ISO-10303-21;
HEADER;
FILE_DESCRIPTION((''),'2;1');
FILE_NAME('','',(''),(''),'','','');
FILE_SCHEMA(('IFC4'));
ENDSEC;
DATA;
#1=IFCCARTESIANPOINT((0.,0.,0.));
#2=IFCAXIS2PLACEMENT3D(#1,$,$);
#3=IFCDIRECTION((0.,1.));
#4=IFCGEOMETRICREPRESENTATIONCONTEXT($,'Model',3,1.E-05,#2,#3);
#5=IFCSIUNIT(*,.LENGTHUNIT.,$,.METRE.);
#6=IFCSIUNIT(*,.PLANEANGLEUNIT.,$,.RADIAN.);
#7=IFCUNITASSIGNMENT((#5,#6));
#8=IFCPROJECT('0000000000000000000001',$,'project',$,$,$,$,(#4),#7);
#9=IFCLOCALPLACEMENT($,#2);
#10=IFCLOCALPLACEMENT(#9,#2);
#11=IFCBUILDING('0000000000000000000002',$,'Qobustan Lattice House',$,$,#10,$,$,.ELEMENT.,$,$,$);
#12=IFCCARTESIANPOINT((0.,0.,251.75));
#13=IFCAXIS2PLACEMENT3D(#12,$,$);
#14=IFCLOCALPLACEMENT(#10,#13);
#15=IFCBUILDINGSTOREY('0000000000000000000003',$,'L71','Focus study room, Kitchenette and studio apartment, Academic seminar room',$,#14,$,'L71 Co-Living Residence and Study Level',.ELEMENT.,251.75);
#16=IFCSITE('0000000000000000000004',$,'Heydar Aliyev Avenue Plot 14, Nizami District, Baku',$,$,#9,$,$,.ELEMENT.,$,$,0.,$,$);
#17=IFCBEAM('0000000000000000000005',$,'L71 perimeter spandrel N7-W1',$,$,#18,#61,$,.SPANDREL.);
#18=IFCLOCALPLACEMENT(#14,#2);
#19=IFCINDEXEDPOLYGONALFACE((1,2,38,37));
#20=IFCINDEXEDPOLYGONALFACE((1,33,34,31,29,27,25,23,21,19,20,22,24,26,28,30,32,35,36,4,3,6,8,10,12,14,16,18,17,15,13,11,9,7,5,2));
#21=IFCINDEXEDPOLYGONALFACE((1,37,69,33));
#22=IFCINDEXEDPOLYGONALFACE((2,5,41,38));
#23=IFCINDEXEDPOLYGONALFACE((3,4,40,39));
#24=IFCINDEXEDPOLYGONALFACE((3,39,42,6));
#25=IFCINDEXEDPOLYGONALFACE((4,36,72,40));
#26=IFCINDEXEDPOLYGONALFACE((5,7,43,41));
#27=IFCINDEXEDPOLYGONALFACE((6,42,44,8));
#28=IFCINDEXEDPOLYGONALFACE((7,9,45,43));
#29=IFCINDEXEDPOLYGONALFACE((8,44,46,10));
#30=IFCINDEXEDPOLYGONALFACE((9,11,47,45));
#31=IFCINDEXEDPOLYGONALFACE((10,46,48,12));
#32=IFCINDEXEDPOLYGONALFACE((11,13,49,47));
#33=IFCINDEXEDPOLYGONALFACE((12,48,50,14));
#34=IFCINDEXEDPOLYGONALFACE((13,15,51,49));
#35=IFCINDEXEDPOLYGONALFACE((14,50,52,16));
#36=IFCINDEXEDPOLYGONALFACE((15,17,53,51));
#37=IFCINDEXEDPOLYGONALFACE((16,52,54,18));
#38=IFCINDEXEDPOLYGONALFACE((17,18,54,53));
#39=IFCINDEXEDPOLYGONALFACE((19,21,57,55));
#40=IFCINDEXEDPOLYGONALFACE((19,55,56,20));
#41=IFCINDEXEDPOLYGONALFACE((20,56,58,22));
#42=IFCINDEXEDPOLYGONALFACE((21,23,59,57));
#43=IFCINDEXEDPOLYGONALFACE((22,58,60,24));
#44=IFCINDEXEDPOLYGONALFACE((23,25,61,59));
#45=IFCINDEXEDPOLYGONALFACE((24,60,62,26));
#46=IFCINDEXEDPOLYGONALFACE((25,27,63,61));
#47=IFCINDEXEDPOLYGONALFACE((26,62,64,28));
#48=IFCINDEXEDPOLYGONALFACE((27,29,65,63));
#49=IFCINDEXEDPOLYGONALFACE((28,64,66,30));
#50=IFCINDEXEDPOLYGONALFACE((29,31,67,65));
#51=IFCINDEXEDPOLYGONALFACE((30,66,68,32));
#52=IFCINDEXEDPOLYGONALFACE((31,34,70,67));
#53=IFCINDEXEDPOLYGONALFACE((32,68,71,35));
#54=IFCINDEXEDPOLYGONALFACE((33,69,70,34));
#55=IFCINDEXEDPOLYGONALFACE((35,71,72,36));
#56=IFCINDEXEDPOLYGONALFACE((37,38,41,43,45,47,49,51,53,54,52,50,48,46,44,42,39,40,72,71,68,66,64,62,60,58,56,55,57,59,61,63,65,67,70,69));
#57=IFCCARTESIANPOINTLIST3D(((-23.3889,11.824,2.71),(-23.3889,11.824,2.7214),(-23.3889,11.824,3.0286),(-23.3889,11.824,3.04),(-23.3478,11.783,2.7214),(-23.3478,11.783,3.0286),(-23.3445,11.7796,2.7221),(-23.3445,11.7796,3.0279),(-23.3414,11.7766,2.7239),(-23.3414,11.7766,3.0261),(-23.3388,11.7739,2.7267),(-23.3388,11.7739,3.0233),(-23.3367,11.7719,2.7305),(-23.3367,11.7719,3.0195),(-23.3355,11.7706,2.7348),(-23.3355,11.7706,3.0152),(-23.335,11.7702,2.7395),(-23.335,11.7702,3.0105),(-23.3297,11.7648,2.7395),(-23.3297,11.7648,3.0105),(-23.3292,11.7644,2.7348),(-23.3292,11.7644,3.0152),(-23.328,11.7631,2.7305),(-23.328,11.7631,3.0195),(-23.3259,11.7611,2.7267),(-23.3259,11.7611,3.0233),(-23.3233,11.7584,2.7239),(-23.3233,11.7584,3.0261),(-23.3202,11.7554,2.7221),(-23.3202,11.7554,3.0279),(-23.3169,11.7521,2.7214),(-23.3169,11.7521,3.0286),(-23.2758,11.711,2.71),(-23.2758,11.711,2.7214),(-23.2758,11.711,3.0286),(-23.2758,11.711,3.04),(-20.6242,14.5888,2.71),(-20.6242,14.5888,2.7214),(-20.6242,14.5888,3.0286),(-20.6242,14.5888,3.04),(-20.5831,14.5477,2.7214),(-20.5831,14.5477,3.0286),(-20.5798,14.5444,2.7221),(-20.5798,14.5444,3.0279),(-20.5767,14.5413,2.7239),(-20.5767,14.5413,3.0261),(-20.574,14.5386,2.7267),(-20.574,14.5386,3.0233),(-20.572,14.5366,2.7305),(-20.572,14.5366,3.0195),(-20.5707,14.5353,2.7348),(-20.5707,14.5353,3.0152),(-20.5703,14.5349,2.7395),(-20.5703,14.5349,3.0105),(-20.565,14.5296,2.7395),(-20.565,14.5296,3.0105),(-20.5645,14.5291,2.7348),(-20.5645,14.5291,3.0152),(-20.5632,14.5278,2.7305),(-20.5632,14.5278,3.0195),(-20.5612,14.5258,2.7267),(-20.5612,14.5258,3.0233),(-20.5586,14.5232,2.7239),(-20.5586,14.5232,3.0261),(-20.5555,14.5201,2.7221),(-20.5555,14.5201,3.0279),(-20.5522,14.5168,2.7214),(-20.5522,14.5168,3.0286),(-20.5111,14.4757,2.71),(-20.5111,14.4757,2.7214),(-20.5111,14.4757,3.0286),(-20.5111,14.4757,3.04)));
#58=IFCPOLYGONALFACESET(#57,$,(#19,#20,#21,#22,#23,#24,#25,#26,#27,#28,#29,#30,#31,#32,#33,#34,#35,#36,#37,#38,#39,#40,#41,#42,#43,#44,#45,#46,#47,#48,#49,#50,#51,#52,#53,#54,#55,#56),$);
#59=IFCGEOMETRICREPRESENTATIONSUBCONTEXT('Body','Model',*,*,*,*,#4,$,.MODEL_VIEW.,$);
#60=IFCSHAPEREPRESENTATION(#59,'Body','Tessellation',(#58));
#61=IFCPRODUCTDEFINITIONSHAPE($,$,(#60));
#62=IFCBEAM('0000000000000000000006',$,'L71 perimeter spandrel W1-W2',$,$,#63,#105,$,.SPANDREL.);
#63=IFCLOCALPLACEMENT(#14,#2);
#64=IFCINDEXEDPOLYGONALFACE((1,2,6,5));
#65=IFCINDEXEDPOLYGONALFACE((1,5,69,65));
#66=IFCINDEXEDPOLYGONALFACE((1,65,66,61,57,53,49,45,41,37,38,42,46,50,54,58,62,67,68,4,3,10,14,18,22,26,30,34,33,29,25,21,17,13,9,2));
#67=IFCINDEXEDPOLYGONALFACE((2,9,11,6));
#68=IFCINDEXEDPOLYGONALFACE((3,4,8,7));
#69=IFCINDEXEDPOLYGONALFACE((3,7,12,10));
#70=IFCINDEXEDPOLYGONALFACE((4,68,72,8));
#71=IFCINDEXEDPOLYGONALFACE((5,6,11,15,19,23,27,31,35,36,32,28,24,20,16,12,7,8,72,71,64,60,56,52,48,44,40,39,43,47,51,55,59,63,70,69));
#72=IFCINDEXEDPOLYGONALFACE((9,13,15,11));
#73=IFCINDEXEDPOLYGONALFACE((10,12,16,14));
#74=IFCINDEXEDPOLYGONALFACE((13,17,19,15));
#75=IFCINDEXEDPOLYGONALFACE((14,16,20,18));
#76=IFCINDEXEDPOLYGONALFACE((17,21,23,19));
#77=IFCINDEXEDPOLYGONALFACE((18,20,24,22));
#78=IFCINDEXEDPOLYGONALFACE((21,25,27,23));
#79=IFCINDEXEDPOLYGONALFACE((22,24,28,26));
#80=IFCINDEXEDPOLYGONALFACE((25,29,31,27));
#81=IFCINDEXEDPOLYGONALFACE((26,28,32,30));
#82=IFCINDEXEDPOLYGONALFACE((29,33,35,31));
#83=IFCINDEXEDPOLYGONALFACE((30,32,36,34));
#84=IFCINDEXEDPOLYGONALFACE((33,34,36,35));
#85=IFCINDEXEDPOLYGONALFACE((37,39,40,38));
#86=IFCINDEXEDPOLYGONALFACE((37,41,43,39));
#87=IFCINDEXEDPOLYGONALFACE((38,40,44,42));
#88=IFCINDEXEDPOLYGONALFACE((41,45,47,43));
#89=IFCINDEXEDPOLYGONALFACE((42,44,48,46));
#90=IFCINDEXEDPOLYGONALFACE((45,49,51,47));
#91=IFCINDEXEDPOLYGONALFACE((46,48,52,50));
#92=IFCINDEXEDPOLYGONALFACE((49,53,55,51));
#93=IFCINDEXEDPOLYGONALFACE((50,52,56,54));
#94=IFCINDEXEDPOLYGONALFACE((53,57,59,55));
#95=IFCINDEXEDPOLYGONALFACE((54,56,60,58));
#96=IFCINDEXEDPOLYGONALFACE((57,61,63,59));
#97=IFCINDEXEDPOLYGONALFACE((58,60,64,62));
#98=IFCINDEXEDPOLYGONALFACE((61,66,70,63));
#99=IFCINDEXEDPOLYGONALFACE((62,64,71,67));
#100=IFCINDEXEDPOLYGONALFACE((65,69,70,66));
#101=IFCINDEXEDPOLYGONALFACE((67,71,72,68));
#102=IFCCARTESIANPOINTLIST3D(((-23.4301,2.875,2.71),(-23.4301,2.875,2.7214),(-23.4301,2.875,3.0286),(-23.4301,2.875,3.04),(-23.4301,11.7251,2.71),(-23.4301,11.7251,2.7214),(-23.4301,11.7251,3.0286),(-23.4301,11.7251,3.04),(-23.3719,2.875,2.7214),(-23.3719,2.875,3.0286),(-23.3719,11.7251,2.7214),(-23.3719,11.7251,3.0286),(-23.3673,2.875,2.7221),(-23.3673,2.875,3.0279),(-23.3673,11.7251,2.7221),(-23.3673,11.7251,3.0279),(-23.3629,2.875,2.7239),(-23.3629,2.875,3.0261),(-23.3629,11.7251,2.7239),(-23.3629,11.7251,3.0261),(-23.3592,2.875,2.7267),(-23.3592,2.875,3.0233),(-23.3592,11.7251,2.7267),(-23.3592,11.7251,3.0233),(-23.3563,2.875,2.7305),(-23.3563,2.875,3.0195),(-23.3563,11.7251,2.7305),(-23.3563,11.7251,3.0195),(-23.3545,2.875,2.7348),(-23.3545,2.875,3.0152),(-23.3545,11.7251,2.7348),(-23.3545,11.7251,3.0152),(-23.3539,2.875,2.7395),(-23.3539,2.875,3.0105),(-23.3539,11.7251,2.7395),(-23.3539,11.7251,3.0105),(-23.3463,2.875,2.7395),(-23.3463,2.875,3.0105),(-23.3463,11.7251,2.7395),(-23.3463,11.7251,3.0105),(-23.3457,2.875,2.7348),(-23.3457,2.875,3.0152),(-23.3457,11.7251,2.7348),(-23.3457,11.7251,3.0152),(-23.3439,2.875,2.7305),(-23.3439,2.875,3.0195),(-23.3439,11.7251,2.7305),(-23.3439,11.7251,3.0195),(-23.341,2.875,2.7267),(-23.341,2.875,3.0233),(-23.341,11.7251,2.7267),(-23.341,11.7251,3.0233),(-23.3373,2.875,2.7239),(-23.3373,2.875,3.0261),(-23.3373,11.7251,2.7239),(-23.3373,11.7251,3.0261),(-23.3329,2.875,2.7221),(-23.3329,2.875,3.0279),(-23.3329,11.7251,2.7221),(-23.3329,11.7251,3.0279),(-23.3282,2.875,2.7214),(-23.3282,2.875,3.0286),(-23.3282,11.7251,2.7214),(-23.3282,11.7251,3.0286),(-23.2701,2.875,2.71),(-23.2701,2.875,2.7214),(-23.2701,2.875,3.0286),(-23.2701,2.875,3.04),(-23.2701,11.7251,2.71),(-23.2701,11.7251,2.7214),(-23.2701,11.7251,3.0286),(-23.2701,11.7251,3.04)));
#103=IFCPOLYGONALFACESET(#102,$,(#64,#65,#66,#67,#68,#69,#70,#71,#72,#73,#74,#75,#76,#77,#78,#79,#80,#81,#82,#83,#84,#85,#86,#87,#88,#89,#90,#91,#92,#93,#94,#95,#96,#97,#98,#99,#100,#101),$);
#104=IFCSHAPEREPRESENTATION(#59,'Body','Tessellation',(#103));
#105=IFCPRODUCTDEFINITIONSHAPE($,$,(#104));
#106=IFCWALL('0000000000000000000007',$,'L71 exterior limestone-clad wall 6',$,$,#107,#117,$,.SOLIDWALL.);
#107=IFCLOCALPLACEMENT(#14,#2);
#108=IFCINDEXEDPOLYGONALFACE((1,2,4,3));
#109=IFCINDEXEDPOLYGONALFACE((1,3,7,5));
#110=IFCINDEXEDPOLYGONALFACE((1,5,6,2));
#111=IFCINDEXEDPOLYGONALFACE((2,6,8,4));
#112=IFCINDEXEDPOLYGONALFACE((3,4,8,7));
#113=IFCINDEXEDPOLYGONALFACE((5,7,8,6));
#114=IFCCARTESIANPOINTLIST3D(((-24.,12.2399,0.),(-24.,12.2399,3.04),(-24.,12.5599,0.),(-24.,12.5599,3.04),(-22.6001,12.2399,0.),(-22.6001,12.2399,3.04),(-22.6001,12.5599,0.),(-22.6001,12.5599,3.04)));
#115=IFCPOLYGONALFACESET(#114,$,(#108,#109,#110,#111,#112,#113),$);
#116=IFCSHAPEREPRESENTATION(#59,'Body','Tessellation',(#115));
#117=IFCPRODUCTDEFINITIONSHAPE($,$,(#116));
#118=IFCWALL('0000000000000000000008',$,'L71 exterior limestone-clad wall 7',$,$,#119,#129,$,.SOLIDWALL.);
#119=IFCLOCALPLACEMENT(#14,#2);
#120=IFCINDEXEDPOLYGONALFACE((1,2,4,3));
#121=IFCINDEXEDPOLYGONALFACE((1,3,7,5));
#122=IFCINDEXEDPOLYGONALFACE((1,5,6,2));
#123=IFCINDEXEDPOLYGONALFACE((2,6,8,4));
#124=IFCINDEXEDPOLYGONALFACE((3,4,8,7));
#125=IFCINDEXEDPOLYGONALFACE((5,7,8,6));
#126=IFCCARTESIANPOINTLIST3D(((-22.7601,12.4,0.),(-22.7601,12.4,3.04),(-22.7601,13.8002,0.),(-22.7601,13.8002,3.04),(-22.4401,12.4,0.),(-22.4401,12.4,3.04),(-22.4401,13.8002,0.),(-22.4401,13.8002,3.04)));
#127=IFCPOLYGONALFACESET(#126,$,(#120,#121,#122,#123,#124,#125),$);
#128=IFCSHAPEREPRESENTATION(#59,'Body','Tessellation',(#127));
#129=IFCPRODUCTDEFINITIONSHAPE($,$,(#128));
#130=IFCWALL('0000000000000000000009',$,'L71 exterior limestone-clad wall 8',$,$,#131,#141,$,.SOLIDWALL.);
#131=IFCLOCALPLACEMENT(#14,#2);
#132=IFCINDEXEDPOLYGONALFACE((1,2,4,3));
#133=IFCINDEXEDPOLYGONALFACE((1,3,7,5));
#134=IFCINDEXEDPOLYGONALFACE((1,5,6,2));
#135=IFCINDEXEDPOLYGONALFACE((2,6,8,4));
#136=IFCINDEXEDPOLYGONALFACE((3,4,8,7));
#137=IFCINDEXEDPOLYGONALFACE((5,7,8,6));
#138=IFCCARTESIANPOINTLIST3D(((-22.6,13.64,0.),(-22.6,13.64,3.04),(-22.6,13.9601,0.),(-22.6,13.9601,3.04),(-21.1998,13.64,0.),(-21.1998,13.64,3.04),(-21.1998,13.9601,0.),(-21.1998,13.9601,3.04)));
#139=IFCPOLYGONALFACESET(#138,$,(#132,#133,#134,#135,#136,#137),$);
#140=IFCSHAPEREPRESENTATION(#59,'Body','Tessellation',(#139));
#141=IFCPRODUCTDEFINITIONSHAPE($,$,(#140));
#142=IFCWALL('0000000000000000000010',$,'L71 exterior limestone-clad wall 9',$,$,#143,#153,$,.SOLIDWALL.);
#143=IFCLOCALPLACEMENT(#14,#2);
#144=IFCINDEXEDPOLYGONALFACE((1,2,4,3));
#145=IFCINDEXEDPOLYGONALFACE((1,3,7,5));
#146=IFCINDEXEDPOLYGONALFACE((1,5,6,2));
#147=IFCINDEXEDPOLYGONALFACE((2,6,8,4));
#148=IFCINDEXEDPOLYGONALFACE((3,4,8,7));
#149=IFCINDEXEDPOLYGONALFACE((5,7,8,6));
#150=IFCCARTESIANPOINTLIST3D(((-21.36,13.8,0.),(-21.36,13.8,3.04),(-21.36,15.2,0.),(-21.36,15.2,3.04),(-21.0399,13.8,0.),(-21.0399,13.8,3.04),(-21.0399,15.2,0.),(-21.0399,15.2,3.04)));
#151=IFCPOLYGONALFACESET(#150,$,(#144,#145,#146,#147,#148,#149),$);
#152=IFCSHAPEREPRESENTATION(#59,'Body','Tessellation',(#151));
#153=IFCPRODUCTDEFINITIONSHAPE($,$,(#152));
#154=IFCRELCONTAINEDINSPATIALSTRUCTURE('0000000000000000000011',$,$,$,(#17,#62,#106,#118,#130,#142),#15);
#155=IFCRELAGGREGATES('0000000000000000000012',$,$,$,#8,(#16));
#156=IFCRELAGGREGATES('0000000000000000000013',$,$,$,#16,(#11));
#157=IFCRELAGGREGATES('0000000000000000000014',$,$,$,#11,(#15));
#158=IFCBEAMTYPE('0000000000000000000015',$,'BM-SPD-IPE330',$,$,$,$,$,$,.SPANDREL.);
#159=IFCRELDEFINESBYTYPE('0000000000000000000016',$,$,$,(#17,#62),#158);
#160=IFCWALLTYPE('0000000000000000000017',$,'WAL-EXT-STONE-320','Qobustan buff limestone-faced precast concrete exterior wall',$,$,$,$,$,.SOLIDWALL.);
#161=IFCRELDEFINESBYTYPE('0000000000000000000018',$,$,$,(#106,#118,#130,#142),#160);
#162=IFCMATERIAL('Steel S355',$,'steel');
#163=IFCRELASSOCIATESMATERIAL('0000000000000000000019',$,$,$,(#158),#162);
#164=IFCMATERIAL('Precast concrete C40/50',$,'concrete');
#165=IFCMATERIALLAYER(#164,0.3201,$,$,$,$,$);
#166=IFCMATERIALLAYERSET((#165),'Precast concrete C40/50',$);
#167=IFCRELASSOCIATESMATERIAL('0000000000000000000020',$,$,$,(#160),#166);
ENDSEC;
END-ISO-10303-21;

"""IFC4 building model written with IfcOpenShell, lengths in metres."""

from ifc_helpers import new_model, si_unit, direction, frame, frame_2d, origin, origin_2d, place, context, subcontext, project, spatial, rectangle, i_section, extrude, material, layer, layer_set, material_profile, profile_set, type_object, element, save


model = new_model("IFC4")

# Units and contexts
model_context = context("Model", 3, precision=1e-05, world=origin(), true_north=direction((0.0, 1.0)))
body_context = subcontext(model_context, "Body", "Model", "MODEL_VIEW")
ifc_project = project(units=[si_unit("LENGTHUNIT", "METRE"), si_unit("PLANEANGLEUNIT", "RADIAN")], contexts=[model_context])

# Site, building, storey
site_placement = place(None, origin())
site = spatial("IfcSite", under=ifc_project, at=site_placement, Name="Heydar Aliyev Avenue Plot 14, Nizami District, Baku", CompositionType="ELEMENT", RefElevation=0.0)
building_placement = place(site_placement, origin())
building = spatial("IfcBuilding", under=site, at=building_placement, Name="Qobustan Lattice House", CompositionType="ELEMENT")
storey_placement = place(building_placement, frame((0.0, 0.0, 251.75)))
storey = spatial("IfcBuildingStorey", under=building, at=storey_placement, Name="L71", Description="Focus study room, Kitchenette and studio apartment, Academic seminar room", LongName="L71 Co-Living Residence and Study Level", CompositionType="ELEMENT", Elevation=251.75)

# Beams
ifc_material_1 = material(Name="Steel S355", Category="steel")
ifc_material_profile_1 = material_profile(ifc_material_1, i_section(OverallWidth=0.1599, OverallDepth=0.3301, WebThickness=0.0076, FlangeThickness=0.0115, FilletRadius=0.0181, at=origin_2d()), Name="IPE330")
ifc_profile_set_1 = profile_set([ifc_material_profile_1], Name="Steel S355")
beam_type_1 = type_object("IfcBeamType", Name="BM-SPD-IPE330", PredefinedType="SPANDREL", material=ifc_profile_set_1)
beam_1_placement = place(storey_placement, frame((-20.5676, 14.5322, 2.875), z_axis=(-0.707107, -0.707107, 0.0), x_axis=(0.707107, -0.707107, 0.0)))
element("IfcBeam", 1, at=beam_1_placement, inside=storey, type_object=beam_type_1, Name="L71 perimeter spandrel N7-W1", PredefinedType="SPANDREL", context=body_context, shape_type="SweptSolid", body=[
    extrude(i_section(OverallWidth=0.1599, OverallDepth=0.3301, WebThickness=0.0076, FlangeThickness=0.0115, FilletRadius=0.0181, at=origin_2d()), origin(), (0.0, 0.0, 1.0), 3.9099),
])
beam_2_placement = place(storey_placement, frame((-23.3501, 11.7251, 2.875), z_axis=(0.0, -1.0, 0.0), x_axis=(1.0, 0.0, 0.0)))
element("IfcBeam", 2, at=beam_2_placement, inside=storey, type_object=beam_type_1, Name="L71 perimeter spandrel W1-W2", PredefinedType="SPANDREL", context=body_context, shape_type="SweptSolid", body=[
    extrude(i_section(OverallWidth=0.1599, OverallDepth=0.3301, WebThickness=0.0076, FlangeThickness=0.0115, FilletRadius=0.0181, at=origin_2d()), origin(), (0.0, 0.0, 1.0), 8.8501),
])

# Walls
ifc_material_2 = material(Name="Precast concrete C40/50", Category="concrete")
ifc_layer_1 = layer(ifc_material_2, 0.3201)
ifc_layer_set_1 = layer_set([ifc_layer_1], Name="Precast concrete C40/50")
wall_type_1 = type_object("IfcWallType", Name="WAL-EXT-STONE-320", Description="Qobustan buff limestone-faced precast concrete exterior wall", PredefinedType="SOLIDWALL", material=ifc_layer_set_1)
wall_1_placement = place(storey_placement, frame((-24.0, 12.3999, 0.0), z_axis=(0.0, 0.0, 1.0), x_axis=(1.0, 0.0, 0.0)))
element("IfcWall", 3, at=wall_1_placement, inside=storey, type_object=wall_type_1, Name="L71 exterior limestone-clad wall 6", PredefinedType="SOLIDWALL", context=body_context, shape_type="SweptSolid", body=[
    extrude(rectangle(XDim=1.3999, YDim=0.3201, at=frame_2d((0.7, 0.0))), origin(), (0.0, 0.0, 1.0), 3.04),
])
for number, where, z_axis, x_axis, name in (
    (4, (-22.6001, 12.3999, 0.0), (0.0, 0.0, 1.0), (0.0, 1.0, 0.0), "L71 exterior limestone-clad wall 7"),
    (5, (-22.6001, 13.8, 0.0), (0.0, 0.0, 1.0), (1.0, 0.0, 0.0), "L71 exterior limestone-clad wall 8"),
):
    element("IfcWall", number, at=place(storey_placement, frame(where, z_axis=z_axis, x_axis=x_axis)), inside=storey, type_object=wall_type_1, Name=name, PredefinedType="SOLIDWALL", context=body_context, shape_type="SweptSolid", body=[
        extrude(rectangle(XDim=1.4001, YDim=0.3201, at=frame_2d((0.7002, 0.0))), origin(), (0.0, 0.0, 1.0), 3.04),
    ])
wall_2_placement = place(storey_placement, frame((-21.2, 13.8, 0.0), z_axis=(0.0, 0.0, 1.0), x_axis=(0.0, 1.0, 0.0)))
element("IfcWall", 6, at=wall_2_placement, inside=storey, type_object=wall_type_1, Name="L71 exterior limestone-clad wall 9", PredefinedType="SOLIDWALL", context=body_context, shape_type="SweptSolid", body=[
    extrude(rectangle(XDim=1.3999, YDim=0.3201, at=frame_2d((0.7, 0.0))), origin(), (0.0, 0.0, 1.0), 3.04),
])

save(model, "model.ifc")
